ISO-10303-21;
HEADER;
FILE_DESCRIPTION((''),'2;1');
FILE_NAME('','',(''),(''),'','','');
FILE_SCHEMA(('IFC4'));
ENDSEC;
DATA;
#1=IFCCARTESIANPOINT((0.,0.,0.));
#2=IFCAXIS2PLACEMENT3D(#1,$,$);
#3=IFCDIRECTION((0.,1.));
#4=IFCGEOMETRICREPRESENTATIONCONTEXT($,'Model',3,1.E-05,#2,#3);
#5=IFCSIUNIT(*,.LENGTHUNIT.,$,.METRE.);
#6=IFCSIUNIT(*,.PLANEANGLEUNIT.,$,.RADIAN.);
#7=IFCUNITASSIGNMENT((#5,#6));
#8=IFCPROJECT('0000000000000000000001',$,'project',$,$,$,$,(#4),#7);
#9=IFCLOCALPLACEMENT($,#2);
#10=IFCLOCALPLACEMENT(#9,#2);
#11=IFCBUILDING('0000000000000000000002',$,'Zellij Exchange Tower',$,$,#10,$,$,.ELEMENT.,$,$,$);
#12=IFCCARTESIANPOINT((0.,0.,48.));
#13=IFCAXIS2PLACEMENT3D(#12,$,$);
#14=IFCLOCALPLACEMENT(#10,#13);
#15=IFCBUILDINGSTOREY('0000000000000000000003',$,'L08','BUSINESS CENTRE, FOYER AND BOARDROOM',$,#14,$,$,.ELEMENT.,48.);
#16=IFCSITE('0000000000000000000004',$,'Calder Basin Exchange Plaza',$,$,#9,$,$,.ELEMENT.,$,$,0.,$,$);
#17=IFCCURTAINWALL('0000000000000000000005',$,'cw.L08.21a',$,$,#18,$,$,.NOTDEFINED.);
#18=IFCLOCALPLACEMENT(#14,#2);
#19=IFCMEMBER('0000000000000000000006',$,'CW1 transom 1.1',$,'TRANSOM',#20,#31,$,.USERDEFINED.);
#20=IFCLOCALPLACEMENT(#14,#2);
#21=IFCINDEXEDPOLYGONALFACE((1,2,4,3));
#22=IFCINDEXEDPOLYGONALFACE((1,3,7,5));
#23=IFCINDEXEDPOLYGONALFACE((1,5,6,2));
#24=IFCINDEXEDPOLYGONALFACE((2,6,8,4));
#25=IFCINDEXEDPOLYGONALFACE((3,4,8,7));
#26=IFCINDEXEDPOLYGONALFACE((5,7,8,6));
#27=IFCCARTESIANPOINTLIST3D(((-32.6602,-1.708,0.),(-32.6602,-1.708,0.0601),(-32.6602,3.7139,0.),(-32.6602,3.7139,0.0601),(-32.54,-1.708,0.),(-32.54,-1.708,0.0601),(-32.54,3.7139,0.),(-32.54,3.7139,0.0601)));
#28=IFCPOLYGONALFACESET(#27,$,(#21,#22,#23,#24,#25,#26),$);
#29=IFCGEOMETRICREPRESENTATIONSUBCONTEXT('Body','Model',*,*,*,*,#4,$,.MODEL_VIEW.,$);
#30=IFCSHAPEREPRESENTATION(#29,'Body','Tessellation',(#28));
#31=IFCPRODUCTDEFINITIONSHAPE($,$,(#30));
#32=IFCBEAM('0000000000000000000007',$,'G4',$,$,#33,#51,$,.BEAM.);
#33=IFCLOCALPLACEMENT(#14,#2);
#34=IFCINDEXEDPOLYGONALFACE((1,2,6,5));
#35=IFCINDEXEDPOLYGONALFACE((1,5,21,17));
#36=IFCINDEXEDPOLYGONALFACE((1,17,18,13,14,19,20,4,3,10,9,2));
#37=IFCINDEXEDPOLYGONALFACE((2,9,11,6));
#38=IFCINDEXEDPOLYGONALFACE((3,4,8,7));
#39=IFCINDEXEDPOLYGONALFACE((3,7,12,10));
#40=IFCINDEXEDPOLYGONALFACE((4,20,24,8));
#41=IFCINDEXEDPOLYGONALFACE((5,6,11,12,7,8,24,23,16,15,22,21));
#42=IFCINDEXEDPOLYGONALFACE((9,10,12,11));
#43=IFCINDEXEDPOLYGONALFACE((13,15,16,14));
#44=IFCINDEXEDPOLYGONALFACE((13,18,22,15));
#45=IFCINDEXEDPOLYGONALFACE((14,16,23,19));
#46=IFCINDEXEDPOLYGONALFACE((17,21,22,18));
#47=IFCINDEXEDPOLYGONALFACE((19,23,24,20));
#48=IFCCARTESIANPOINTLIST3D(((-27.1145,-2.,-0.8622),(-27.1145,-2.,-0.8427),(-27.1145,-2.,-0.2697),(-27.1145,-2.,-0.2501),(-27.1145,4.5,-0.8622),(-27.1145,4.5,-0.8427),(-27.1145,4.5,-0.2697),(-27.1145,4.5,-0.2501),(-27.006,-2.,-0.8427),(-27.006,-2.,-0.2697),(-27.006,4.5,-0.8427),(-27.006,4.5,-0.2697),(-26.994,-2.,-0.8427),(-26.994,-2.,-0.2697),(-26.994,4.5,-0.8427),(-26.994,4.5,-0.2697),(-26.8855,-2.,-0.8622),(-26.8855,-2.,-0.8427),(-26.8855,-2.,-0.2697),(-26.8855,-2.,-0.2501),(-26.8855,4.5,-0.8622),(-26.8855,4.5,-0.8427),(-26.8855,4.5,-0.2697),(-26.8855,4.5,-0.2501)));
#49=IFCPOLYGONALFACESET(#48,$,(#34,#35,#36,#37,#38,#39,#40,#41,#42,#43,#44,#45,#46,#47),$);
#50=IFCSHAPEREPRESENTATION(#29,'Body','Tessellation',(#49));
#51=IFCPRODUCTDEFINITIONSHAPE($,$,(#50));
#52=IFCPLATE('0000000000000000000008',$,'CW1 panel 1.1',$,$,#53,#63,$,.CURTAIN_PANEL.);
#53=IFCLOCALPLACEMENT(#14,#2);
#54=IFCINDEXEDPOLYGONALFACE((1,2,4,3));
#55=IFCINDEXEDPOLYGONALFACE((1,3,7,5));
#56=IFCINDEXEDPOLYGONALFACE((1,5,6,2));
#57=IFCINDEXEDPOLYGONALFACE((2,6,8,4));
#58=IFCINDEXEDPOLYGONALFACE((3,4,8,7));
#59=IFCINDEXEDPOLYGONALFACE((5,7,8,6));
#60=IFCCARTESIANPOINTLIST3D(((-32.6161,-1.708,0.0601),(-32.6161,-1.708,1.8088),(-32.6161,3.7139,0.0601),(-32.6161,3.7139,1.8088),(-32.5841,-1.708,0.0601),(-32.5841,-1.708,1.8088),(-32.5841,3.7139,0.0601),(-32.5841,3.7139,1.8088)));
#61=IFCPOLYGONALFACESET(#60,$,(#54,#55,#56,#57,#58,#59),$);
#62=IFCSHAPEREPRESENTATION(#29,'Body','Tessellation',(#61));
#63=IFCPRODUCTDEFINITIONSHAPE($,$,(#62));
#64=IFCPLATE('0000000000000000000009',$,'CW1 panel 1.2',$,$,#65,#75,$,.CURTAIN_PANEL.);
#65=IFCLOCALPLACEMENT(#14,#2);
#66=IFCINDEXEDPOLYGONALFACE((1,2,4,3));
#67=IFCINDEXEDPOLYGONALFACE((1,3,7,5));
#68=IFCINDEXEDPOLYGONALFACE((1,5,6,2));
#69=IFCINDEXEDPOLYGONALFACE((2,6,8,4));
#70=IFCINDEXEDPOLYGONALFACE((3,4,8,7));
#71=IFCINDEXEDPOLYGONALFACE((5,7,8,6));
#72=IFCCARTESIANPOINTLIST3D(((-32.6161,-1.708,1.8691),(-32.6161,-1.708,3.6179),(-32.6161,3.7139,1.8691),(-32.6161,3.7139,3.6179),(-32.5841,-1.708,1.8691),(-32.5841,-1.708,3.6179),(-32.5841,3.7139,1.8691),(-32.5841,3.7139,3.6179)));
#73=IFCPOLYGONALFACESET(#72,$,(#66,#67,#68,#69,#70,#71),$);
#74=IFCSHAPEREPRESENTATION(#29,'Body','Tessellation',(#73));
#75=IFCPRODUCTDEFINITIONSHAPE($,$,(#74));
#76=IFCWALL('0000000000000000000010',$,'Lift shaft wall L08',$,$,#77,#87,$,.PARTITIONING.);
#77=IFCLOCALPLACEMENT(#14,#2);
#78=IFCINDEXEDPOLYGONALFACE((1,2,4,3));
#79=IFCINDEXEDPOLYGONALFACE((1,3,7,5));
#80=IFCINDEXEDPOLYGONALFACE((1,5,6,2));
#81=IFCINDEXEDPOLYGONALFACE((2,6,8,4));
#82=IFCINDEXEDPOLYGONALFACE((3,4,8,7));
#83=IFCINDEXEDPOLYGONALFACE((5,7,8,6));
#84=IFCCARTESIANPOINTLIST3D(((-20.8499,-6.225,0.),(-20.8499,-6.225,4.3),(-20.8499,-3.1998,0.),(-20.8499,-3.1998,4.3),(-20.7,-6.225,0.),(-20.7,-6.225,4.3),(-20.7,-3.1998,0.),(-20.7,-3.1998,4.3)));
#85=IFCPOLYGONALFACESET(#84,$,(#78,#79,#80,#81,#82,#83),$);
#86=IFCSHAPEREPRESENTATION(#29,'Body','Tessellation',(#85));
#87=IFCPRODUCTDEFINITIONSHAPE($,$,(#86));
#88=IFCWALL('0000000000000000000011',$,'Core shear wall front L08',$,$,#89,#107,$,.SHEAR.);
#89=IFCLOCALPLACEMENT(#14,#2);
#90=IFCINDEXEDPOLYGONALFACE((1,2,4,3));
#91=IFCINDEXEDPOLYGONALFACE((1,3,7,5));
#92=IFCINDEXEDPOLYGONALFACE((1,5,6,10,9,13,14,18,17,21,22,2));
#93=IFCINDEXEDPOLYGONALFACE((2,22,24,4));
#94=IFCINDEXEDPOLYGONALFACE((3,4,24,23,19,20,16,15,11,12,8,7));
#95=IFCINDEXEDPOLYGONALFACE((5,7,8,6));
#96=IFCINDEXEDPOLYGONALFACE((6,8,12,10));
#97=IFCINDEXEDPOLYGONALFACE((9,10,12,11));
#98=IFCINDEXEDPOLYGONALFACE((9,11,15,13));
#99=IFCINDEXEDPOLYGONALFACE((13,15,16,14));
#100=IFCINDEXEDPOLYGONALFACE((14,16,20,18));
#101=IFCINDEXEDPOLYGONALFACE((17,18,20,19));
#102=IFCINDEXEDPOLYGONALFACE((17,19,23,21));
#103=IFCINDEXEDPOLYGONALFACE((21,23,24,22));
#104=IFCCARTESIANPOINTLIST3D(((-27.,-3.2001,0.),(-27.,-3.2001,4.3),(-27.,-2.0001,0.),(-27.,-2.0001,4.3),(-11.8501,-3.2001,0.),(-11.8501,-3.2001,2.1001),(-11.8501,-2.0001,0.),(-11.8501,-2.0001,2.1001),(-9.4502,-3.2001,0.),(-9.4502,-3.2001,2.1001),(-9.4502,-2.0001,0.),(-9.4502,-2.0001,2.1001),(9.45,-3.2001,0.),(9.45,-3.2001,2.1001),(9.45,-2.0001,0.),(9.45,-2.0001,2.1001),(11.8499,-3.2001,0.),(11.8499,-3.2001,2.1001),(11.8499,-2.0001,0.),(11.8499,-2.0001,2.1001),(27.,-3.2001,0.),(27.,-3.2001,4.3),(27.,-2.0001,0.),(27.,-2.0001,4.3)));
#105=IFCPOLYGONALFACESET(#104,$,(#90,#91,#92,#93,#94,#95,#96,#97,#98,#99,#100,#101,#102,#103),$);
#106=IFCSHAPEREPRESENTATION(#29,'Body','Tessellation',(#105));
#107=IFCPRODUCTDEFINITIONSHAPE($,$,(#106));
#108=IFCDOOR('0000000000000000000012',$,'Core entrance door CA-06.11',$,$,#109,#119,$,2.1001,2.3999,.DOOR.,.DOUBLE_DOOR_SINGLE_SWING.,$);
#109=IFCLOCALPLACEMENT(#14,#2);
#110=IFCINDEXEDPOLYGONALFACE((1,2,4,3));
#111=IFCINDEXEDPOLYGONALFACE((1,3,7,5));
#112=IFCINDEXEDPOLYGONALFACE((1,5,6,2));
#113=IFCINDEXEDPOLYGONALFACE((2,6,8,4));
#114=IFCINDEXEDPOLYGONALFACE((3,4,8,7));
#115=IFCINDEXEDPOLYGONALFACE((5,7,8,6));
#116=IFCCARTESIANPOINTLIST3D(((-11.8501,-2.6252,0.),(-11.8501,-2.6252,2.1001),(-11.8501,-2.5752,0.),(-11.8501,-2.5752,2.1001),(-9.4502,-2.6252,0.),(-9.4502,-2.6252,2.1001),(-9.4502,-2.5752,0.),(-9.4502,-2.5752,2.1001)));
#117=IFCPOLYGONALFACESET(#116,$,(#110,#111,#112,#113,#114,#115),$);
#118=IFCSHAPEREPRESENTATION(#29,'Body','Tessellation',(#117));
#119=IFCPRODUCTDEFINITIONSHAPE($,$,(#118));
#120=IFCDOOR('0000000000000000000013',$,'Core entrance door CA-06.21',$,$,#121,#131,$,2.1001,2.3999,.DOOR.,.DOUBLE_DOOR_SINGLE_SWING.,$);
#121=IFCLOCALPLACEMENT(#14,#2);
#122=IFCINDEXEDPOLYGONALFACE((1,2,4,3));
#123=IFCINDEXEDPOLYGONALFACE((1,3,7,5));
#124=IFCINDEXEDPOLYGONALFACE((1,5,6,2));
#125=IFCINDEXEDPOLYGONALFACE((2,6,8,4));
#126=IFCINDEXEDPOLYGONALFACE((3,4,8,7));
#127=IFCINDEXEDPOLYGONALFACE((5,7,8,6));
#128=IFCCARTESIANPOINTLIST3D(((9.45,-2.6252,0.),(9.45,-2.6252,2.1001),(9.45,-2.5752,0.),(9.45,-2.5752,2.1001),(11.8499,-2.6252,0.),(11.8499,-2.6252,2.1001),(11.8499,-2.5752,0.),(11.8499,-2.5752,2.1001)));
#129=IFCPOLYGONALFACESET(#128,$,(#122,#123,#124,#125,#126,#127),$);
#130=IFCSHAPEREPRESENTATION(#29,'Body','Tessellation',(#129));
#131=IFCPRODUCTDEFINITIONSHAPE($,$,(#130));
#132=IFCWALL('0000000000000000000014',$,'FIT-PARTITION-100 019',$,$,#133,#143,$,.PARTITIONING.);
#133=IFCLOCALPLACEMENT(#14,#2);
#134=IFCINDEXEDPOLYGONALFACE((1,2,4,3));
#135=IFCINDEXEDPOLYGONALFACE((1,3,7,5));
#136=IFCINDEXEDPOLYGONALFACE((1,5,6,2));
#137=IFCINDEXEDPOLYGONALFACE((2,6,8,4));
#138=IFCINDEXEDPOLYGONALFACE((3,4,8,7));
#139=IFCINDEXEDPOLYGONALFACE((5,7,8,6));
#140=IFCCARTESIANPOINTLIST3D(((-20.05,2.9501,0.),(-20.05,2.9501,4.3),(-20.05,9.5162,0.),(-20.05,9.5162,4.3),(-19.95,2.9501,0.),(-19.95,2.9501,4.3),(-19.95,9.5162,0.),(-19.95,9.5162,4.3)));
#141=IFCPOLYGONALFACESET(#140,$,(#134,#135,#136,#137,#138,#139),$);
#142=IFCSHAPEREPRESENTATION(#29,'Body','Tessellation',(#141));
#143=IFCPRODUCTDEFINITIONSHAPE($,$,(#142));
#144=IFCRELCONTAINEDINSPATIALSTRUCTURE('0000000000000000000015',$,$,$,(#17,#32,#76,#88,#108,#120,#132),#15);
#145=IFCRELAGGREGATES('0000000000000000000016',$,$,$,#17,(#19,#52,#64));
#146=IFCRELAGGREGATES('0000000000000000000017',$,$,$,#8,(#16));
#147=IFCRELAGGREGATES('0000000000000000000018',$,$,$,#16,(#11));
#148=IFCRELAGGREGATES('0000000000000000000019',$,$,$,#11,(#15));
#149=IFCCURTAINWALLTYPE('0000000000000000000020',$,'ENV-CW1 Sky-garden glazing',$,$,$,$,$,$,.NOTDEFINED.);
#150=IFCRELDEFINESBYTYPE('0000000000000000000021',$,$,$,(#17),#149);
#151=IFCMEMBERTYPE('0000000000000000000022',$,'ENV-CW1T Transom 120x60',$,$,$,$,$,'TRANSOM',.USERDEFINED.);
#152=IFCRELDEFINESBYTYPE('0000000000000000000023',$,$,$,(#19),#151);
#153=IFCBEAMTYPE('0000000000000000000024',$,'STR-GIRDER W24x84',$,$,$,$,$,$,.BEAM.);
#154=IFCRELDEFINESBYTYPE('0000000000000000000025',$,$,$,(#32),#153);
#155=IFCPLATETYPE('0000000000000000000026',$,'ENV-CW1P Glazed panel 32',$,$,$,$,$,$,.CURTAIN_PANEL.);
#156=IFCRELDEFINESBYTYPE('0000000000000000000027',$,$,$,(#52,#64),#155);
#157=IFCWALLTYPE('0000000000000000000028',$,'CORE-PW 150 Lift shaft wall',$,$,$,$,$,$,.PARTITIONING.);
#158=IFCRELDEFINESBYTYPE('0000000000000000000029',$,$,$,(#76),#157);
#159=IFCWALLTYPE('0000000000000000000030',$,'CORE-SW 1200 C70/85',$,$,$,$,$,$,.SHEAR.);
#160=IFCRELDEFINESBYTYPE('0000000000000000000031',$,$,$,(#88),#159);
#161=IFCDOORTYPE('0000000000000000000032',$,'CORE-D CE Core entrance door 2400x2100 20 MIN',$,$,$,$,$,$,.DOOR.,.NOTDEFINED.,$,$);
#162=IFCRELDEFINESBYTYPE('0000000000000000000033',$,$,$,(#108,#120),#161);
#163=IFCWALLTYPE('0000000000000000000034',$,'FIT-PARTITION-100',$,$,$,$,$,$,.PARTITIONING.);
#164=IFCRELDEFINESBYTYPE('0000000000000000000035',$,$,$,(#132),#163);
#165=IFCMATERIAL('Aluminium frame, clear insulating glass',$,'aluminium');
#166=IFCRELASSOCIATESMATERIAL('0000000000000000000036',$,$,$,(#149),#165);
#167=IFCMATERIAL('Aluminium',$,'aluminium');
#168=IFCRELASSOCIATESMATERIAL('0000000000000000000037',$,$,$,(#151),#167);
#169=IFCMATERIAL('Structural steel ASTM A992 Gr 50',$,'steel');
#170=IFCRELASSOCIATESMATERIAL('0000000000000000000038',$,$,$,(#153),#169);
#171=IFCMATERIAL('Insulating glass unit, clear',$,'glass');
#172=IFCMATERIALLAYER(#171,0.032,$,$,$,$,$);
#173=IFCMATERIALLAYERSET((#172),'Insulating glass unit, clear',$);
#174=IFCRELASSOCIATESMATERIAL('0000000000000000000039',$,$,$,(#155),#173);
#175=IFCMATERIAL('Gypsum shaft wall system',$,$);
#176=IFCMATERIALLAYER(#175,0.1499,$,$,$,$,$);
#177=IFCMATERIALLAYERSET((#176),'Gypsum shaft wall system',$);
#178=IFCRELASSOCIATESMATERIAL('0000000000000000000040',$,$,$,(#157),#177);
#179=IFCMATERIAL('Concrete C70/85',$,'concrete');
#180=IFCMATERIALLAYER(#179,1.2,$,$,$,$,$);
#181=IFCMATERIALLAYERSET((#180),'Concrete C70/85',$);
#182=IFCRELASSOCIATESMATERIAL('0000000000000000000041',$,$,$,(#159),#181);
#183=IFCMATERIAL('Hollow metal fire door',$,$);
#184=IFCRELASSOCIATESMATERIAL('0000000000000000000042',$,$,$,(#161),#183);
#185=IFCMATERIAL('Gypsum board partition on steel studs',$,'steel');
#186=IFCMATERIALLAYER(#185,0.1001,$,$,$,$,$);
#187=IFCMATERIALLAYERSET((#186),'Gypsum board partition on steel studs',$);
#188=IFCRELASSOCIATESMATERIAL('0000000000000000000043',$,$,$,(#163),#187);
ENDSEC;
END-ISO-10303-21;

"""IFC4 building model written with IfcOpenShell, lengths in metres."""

from ifc_helpers import new_model, si_unit, direction, frame, frame_2d, origin, origin_2d, place, context, subcontext, project, spatial, rectangle, i_section, extrude, material, layer, layer_set, material_profile, profile_set, type_object, element, fill, aggregate, save


model = new_model("IFC4")

# Units and contexts
model_context = context("Model", 3, precision=1e-05, world=origin(), true_north=direction((0.0, 1.0)))
body_context = subcontext(model_context, "Body", "Model", "MODEL_VIEW")
ifc_project = project(units=[si_unit("LENGTHUNIT", "METRE"), si_unit("PLANEANGLEUNIT", "RADIAN")], contexts=[model_context])

# Site, building, storey
site_placement = place(None, origin())
site = spatial("IfcSite", under=ifc_project, at=site_placement, Name="Calder Basin Exchange Plaza", CompositionType="ELEMENT", RefElevation=0.0)
building_placement = place(site_placement, origin())
building = spatial("IfcBuilding", under=site, at=building_placement, Name="Zellij Exchange Tower", CompositionType="ELEMENT")
storey_placement = place(building_placement, frame((0.0, 0.0, 48.0)))
storey = spatial("IfcBuildingStorey", under=building, at=storey_placement, Name="L08", Description="BUSINESS CENTRE, FOYER AND BOARDROOM", CompositionType="ELEMENT", Elevation=48.0)

# Curtain wall, member
ifc_material_1 = material(Name="Aluminium frame, clear insulating glass", Category="aluminium")
curtain_wall_type = type_object("IfcCurtainWallType", Name="ENV-CW1 Sky-garden glazing", PredefinedType="NOTDEFINED", material=ifc_material_1)
curtain_wall_placement = place(storey_placement, origin())
curtain_wall = element("IfcCurtainWall", 1, at=curtain_wall_placement, inside=storey, type_object=curtain_wall_type, Name="cw.L08.21a", PredefinedType="NOTDEFINED")
ifc_material_2 = material(Name="Aluminium", Category="aluminium")
ifc_material_profile_1 = material_profile(ifc_material_2, rectangle(XDim=0.1201, YDim=0.0601, at=origin_2d()), Name="AL 120x60")
ifc_profile_set_1 = profile_set([ifc_material_profile_1], Name="Aluminium")
member_type = type_object("IfcMemberType", Name="ENV-CW1T Transom 120x60", ElementType="TRANSOM", PredefinedType="USERDEFINED", material=ifc_profile_set_1)
member_placement = place(storey_placement, frame((-32.6001, 3.7139, 0.03), z_axis=(0.0, -1.0, 0.0), x_axis=(1.0, 0.0, 0.0)))
member = element("IfcMember", 2, at=member_placement, type_object=member_type, Name="CW1 transom 1.1", ObjectType="TRANSOM", PredefinedType="USERDEFINED", context=body_context, shape_type="SweptSolid", body=[
    extrude(rectangle(XDim=0.1201, YDim=0.0601, at=origin_2d()), origin(), (0.0, 0.0, 1.0), 5.4219),
])

# Beam
ifc_material_3 = material(Name="Structural steel ASTM A992 Gr 50", Category="steel")
ifc_material_profile_2 = material_profile(ifc_material_3, i_section(OverallWidth=0.229, OverallDepth=0.6121, WebThickness=0.012, FlangeThickness=0.0195, at=origin_2d()), Name="W24x84")
ifc_profile_set_2 = profile_set([ifc_material_profile_2], Name="Structural steel ASTM A992 Gr 50")
beam_type = type_object("IfcBeamType", Name="STR-GIRDER W24x84", PredefinedType="BEAM", material=ifc_profile_set_2)
beam_placement = place(storey_placement, frame((-27.0, -2.0, -0.5562), z_axis=(0.0, 1.0, 0.0), x_axis=(-1.0, 0.0, 0.0)))
element("IfcBeam", 3, at=beam_placement, inside=storey, type_object=beam_type, Name="G4", PredefinedType="BEAM", context=body_context, shape_type="SweptSolid", body=[
    extrude(i_section(OverallWidth=0.229, OverallDepth=0.6121, WebThickness=0.012, FlangeThickness=0.0195, at=origin_2d()), origin(), (0.0, 0.0, 1.0), 6.5),
])

# Plates
ifc_material_4 = material(Name="Insulating glass unit, clear", Category="glass")
ifc_layer_1 = layer(ifc_material_4, 0.032)
ifc_layer_set_1 = layer_set([ifc_layer_1], Name="Insulating glass unit, clear")
plate_type = type_object("IfcPlateType", Name="ENV-CW1P Glazed panel 32", PredefinedType="CURTAIN_PANEL", material=ifc_layer_set_1)
plate_1_placement = place(storey_placement, frame((-32.6001, 1.0029, 0.0601), z_axis=(0.0, 0.0, 1.0), x_axis=(0.0, -1.0, 0.0)))
plate_1 = element("IfcPlate", 4, at=plate_1_placement, type_object=plate_type, Name="CW1 panel 1.1", PredefinedType="CURTAIN_PANEL", context=body_context, shape_type="SweptSolid", body=[
    extrude(rectangle(XDim=5.4219, YDim=0.032, at=origin_2d()), origin(), (0.0, 0.0, 1.0), 1.7488),
])
plate_2_placement = place(storey_placement, frame((-32.6001, 1.0029, 1.8691), z_axis=(0.0, 0.0, 1.0), x_axis=(0.0, -1.0, 0.0)))
plate_2 = element("IfcPlate", 5, at=plate_2_placement, type_object=plate_type, Name="CW1 panel 1.2", PredefinedType="CURTAIN_PANEL", context=body_context, shape_type="SweptSolid", body=[
    extrude(rectangle(XDim=5.4219, YDim=0.032, at=origin_2d()), origin(), (0.0, 0.0, 1.0), 1.7488),
])
aggregate(curtain_wall, [member, plate_1, plate_2])

# Wall
ifc_material_5 = material(Name="Gypsum shaft wall system")
ifc_layer_2 = layer(ifc_material_5, 0.1499)
ifc_layer_set_2 = layer_set([ifc_layer_2], Name="Gypsum shaft wall system")
wall_type_1 = type_object("IfcWallType", Name="CORE-PW 150 Lift shaft wall", PredefinedType="PARTITIONING", material=ifc_layer_set_2)
wall_1_placement = place(storey_placement, frame((-20.7749, -6.2251, 0.0), z_axis=(0.0, 0.0, 1.0), x_axis=(0.0, 1.0, 0.0)))
element("IfcWall", 6, at=wall_1_placement, inside=storey, type_object=wall_type_1, Name="Lift shaft wall L08", PredefinedType="PARTITIONING", context=body_context, shape_type="SweptSolid", body=[
    extrude(rectangle(XDim=3.0251, YDim=0.1499, at=frame_2d((1.5127, 0.0))), origin(), (0.0, 0.0, 1.0), 4.3),
])

# Wall, openings, doors
ifc_material_6 = material(Name="Concrete C70/85", Category="concrete")
ifc_layer_3 = layer(ifc_material_6, 1.2)
ifc_layer_set_3 = layer_set([ifc_layer_3], Name="Concrete C70/85")
wall_type_2 = type_object("IfcWallType", Name="CORE-SW 1200 C70/85", PredefinedType="SHEAR", material=ifc_layer_set_3)
wall_2_placement = place(storey_placement, frame((-27.0, -2.6001, 0.0), z_axis=(0.0, 0.0, 1.0), x_axis=(1.0, 0.0, 0.0)))
wall_2 = element("IfcWall", 7, at=wall_2_placement, inside=storey, type_object=wall_type_2, Name="Core shear wall front L08", PredefinedType="SHEAR", context=body_context, shape_type="SweptSolid", body=[
    extrude(rectangle(XDim=54.0, YDim=1.2, at=frame_2d((27.0, 0.0))), origin(), (0.0, 0.0, 1.0), 4.3),
])
opening_1_placement = place(wall_2_placement, frame((15.1499, 0.0, 0.0)))
opening_1 = element("IfcOpeningElement", 8, at=opening_1_placement, cuts=wall_2, PredefinedType="OPENING", context=body_context, shape_type="SweptSolid", body=[
    extrude(rectangle(XDim=2.3999, YDim=2.1001, at=frame_2d((1.2, 1.05))), frame((0.0, 0.6118, 0.0), z_axis=(0.0, -1.0, 0.0), x_axis=(1.0, 0.0, 0.0)), (0.0, 0.0, 1.0), 1.2239),
])
opening_2_placement = place(wall_2_placement, frame((36.45, 0.0, 0.0)))
opening_2 = element("IfcOpeningElement", 9, at=opening_2_placement, cuts=wall_2, PredefinedType="OPENING", context=body_context, shape_type="SweptSolid", body=[
    extrude(rectangle(XDim=2.3999, YDim=2.1001, at=frame_2d((1.2, 1.05))), frame((0.0, 0.6118, 0.0), z_axis=(0.0, -1.0, 0.0), x_axis=(1.0, 0.0, 0.0)), (0.0, 0.0, 1.0), 1.2239),
])
ifc_material_7 = material(Name="Hollow metal fire door")
door_type_1 = type_object("IfcDoorType", Name="CORE-D CE Core entrance door 2400x2100 20 MIN", OperationType="NOTDEFINED", PredefinedType="DOOR", material=ifc_material_7)
door_1_placement = place(opening_1_placement, origin())
door_1 = element("IfcDoor", 10, at=door_1_placement, inside=storey, type_object=door_type_1, Name="Core entrance door CA-06.11", OperationType="DOUBLE_DOOR_SINGLE_SWING", OverallHeight=2.1001, OverallWidth=2.3999, PredefinedType="DOOR", context=body_context, shape_type="SweptSolid", body=[
    extrude(rectangle(XDim=2.3999, YDim=2.1001, at=frame_2d((1.2, 1.05))), frame((0.0, 0.0249, 0.0), z_axis=(0.0, -1.0, 0.0), x_axis=(1.0, 0.0, 0.0)), (0.0, 0.0, 1.0), 0.05),
])
fill(opening_1, door_1)
door_2_placement = place(opening_2_placement, origin())
door_2 = element("IfcDoor", 11, at=door_2_placement, inside=storey, type_object=door_type_1, Name="Core entrance door CA-06.21", OperationType="DOUBLE_DOOR_SINGLE_SWING", OverallHeight=2.1001, OverallWidth=2.3999, PredefinedType="DOOR", context=body_context, shape_type="SweptSolid", body=[
    extrude(rectangle(XDim=2.3999, YDim=2.1001, at=frame_2d((1.2, 1.05))), frame((0.0, 0.0249, 0.0), z_axis=(0.0, -1.0, 0.0), x_axis=(1.0, 0.0, 0.0)), (0.0, 0.0, 1.0), 0.05),
])
fill(opening_2, door_2)
ifc_material_8 = material(Name="Gypsum board partition on steel studs", Category="steel")
ifc_layer_4 = layer(ifc_material_8, 0.1001)
ifc_layer_set_4 = layer_set([ifc_layer_4], Name="Gypsum board partition on steel studs")
wall_type_3 = type_object("IfcWallType", Name="FIT-PARTITION-100", PredefinedType="PARTITIONING", material=ifc_layer_set_4)

# Wall
wall_3_placement = place(storey_placement, frame((-20.0, 2.95, 0.0), z_axis=(0.0, 0.0, 1.0), x_axis=(0.0, 1.0, 0.0)))
element("IfcWall", 12, at=wall_3_placement, inside=storey, type_object=wall_type_3, Name="FIT-PARTITION-100 019", PredefinedType="PARTITIONING", context=body_context, shape_type="SweptSolid", body=[
    extrude(rectangle(XDim=6.5662, YDim=0.1001, at=frame_2d((3.2832, 0.0))), origin(), (0.0, 0.0, 1.0), 4.3),
])

save(model, "model.ifc")
